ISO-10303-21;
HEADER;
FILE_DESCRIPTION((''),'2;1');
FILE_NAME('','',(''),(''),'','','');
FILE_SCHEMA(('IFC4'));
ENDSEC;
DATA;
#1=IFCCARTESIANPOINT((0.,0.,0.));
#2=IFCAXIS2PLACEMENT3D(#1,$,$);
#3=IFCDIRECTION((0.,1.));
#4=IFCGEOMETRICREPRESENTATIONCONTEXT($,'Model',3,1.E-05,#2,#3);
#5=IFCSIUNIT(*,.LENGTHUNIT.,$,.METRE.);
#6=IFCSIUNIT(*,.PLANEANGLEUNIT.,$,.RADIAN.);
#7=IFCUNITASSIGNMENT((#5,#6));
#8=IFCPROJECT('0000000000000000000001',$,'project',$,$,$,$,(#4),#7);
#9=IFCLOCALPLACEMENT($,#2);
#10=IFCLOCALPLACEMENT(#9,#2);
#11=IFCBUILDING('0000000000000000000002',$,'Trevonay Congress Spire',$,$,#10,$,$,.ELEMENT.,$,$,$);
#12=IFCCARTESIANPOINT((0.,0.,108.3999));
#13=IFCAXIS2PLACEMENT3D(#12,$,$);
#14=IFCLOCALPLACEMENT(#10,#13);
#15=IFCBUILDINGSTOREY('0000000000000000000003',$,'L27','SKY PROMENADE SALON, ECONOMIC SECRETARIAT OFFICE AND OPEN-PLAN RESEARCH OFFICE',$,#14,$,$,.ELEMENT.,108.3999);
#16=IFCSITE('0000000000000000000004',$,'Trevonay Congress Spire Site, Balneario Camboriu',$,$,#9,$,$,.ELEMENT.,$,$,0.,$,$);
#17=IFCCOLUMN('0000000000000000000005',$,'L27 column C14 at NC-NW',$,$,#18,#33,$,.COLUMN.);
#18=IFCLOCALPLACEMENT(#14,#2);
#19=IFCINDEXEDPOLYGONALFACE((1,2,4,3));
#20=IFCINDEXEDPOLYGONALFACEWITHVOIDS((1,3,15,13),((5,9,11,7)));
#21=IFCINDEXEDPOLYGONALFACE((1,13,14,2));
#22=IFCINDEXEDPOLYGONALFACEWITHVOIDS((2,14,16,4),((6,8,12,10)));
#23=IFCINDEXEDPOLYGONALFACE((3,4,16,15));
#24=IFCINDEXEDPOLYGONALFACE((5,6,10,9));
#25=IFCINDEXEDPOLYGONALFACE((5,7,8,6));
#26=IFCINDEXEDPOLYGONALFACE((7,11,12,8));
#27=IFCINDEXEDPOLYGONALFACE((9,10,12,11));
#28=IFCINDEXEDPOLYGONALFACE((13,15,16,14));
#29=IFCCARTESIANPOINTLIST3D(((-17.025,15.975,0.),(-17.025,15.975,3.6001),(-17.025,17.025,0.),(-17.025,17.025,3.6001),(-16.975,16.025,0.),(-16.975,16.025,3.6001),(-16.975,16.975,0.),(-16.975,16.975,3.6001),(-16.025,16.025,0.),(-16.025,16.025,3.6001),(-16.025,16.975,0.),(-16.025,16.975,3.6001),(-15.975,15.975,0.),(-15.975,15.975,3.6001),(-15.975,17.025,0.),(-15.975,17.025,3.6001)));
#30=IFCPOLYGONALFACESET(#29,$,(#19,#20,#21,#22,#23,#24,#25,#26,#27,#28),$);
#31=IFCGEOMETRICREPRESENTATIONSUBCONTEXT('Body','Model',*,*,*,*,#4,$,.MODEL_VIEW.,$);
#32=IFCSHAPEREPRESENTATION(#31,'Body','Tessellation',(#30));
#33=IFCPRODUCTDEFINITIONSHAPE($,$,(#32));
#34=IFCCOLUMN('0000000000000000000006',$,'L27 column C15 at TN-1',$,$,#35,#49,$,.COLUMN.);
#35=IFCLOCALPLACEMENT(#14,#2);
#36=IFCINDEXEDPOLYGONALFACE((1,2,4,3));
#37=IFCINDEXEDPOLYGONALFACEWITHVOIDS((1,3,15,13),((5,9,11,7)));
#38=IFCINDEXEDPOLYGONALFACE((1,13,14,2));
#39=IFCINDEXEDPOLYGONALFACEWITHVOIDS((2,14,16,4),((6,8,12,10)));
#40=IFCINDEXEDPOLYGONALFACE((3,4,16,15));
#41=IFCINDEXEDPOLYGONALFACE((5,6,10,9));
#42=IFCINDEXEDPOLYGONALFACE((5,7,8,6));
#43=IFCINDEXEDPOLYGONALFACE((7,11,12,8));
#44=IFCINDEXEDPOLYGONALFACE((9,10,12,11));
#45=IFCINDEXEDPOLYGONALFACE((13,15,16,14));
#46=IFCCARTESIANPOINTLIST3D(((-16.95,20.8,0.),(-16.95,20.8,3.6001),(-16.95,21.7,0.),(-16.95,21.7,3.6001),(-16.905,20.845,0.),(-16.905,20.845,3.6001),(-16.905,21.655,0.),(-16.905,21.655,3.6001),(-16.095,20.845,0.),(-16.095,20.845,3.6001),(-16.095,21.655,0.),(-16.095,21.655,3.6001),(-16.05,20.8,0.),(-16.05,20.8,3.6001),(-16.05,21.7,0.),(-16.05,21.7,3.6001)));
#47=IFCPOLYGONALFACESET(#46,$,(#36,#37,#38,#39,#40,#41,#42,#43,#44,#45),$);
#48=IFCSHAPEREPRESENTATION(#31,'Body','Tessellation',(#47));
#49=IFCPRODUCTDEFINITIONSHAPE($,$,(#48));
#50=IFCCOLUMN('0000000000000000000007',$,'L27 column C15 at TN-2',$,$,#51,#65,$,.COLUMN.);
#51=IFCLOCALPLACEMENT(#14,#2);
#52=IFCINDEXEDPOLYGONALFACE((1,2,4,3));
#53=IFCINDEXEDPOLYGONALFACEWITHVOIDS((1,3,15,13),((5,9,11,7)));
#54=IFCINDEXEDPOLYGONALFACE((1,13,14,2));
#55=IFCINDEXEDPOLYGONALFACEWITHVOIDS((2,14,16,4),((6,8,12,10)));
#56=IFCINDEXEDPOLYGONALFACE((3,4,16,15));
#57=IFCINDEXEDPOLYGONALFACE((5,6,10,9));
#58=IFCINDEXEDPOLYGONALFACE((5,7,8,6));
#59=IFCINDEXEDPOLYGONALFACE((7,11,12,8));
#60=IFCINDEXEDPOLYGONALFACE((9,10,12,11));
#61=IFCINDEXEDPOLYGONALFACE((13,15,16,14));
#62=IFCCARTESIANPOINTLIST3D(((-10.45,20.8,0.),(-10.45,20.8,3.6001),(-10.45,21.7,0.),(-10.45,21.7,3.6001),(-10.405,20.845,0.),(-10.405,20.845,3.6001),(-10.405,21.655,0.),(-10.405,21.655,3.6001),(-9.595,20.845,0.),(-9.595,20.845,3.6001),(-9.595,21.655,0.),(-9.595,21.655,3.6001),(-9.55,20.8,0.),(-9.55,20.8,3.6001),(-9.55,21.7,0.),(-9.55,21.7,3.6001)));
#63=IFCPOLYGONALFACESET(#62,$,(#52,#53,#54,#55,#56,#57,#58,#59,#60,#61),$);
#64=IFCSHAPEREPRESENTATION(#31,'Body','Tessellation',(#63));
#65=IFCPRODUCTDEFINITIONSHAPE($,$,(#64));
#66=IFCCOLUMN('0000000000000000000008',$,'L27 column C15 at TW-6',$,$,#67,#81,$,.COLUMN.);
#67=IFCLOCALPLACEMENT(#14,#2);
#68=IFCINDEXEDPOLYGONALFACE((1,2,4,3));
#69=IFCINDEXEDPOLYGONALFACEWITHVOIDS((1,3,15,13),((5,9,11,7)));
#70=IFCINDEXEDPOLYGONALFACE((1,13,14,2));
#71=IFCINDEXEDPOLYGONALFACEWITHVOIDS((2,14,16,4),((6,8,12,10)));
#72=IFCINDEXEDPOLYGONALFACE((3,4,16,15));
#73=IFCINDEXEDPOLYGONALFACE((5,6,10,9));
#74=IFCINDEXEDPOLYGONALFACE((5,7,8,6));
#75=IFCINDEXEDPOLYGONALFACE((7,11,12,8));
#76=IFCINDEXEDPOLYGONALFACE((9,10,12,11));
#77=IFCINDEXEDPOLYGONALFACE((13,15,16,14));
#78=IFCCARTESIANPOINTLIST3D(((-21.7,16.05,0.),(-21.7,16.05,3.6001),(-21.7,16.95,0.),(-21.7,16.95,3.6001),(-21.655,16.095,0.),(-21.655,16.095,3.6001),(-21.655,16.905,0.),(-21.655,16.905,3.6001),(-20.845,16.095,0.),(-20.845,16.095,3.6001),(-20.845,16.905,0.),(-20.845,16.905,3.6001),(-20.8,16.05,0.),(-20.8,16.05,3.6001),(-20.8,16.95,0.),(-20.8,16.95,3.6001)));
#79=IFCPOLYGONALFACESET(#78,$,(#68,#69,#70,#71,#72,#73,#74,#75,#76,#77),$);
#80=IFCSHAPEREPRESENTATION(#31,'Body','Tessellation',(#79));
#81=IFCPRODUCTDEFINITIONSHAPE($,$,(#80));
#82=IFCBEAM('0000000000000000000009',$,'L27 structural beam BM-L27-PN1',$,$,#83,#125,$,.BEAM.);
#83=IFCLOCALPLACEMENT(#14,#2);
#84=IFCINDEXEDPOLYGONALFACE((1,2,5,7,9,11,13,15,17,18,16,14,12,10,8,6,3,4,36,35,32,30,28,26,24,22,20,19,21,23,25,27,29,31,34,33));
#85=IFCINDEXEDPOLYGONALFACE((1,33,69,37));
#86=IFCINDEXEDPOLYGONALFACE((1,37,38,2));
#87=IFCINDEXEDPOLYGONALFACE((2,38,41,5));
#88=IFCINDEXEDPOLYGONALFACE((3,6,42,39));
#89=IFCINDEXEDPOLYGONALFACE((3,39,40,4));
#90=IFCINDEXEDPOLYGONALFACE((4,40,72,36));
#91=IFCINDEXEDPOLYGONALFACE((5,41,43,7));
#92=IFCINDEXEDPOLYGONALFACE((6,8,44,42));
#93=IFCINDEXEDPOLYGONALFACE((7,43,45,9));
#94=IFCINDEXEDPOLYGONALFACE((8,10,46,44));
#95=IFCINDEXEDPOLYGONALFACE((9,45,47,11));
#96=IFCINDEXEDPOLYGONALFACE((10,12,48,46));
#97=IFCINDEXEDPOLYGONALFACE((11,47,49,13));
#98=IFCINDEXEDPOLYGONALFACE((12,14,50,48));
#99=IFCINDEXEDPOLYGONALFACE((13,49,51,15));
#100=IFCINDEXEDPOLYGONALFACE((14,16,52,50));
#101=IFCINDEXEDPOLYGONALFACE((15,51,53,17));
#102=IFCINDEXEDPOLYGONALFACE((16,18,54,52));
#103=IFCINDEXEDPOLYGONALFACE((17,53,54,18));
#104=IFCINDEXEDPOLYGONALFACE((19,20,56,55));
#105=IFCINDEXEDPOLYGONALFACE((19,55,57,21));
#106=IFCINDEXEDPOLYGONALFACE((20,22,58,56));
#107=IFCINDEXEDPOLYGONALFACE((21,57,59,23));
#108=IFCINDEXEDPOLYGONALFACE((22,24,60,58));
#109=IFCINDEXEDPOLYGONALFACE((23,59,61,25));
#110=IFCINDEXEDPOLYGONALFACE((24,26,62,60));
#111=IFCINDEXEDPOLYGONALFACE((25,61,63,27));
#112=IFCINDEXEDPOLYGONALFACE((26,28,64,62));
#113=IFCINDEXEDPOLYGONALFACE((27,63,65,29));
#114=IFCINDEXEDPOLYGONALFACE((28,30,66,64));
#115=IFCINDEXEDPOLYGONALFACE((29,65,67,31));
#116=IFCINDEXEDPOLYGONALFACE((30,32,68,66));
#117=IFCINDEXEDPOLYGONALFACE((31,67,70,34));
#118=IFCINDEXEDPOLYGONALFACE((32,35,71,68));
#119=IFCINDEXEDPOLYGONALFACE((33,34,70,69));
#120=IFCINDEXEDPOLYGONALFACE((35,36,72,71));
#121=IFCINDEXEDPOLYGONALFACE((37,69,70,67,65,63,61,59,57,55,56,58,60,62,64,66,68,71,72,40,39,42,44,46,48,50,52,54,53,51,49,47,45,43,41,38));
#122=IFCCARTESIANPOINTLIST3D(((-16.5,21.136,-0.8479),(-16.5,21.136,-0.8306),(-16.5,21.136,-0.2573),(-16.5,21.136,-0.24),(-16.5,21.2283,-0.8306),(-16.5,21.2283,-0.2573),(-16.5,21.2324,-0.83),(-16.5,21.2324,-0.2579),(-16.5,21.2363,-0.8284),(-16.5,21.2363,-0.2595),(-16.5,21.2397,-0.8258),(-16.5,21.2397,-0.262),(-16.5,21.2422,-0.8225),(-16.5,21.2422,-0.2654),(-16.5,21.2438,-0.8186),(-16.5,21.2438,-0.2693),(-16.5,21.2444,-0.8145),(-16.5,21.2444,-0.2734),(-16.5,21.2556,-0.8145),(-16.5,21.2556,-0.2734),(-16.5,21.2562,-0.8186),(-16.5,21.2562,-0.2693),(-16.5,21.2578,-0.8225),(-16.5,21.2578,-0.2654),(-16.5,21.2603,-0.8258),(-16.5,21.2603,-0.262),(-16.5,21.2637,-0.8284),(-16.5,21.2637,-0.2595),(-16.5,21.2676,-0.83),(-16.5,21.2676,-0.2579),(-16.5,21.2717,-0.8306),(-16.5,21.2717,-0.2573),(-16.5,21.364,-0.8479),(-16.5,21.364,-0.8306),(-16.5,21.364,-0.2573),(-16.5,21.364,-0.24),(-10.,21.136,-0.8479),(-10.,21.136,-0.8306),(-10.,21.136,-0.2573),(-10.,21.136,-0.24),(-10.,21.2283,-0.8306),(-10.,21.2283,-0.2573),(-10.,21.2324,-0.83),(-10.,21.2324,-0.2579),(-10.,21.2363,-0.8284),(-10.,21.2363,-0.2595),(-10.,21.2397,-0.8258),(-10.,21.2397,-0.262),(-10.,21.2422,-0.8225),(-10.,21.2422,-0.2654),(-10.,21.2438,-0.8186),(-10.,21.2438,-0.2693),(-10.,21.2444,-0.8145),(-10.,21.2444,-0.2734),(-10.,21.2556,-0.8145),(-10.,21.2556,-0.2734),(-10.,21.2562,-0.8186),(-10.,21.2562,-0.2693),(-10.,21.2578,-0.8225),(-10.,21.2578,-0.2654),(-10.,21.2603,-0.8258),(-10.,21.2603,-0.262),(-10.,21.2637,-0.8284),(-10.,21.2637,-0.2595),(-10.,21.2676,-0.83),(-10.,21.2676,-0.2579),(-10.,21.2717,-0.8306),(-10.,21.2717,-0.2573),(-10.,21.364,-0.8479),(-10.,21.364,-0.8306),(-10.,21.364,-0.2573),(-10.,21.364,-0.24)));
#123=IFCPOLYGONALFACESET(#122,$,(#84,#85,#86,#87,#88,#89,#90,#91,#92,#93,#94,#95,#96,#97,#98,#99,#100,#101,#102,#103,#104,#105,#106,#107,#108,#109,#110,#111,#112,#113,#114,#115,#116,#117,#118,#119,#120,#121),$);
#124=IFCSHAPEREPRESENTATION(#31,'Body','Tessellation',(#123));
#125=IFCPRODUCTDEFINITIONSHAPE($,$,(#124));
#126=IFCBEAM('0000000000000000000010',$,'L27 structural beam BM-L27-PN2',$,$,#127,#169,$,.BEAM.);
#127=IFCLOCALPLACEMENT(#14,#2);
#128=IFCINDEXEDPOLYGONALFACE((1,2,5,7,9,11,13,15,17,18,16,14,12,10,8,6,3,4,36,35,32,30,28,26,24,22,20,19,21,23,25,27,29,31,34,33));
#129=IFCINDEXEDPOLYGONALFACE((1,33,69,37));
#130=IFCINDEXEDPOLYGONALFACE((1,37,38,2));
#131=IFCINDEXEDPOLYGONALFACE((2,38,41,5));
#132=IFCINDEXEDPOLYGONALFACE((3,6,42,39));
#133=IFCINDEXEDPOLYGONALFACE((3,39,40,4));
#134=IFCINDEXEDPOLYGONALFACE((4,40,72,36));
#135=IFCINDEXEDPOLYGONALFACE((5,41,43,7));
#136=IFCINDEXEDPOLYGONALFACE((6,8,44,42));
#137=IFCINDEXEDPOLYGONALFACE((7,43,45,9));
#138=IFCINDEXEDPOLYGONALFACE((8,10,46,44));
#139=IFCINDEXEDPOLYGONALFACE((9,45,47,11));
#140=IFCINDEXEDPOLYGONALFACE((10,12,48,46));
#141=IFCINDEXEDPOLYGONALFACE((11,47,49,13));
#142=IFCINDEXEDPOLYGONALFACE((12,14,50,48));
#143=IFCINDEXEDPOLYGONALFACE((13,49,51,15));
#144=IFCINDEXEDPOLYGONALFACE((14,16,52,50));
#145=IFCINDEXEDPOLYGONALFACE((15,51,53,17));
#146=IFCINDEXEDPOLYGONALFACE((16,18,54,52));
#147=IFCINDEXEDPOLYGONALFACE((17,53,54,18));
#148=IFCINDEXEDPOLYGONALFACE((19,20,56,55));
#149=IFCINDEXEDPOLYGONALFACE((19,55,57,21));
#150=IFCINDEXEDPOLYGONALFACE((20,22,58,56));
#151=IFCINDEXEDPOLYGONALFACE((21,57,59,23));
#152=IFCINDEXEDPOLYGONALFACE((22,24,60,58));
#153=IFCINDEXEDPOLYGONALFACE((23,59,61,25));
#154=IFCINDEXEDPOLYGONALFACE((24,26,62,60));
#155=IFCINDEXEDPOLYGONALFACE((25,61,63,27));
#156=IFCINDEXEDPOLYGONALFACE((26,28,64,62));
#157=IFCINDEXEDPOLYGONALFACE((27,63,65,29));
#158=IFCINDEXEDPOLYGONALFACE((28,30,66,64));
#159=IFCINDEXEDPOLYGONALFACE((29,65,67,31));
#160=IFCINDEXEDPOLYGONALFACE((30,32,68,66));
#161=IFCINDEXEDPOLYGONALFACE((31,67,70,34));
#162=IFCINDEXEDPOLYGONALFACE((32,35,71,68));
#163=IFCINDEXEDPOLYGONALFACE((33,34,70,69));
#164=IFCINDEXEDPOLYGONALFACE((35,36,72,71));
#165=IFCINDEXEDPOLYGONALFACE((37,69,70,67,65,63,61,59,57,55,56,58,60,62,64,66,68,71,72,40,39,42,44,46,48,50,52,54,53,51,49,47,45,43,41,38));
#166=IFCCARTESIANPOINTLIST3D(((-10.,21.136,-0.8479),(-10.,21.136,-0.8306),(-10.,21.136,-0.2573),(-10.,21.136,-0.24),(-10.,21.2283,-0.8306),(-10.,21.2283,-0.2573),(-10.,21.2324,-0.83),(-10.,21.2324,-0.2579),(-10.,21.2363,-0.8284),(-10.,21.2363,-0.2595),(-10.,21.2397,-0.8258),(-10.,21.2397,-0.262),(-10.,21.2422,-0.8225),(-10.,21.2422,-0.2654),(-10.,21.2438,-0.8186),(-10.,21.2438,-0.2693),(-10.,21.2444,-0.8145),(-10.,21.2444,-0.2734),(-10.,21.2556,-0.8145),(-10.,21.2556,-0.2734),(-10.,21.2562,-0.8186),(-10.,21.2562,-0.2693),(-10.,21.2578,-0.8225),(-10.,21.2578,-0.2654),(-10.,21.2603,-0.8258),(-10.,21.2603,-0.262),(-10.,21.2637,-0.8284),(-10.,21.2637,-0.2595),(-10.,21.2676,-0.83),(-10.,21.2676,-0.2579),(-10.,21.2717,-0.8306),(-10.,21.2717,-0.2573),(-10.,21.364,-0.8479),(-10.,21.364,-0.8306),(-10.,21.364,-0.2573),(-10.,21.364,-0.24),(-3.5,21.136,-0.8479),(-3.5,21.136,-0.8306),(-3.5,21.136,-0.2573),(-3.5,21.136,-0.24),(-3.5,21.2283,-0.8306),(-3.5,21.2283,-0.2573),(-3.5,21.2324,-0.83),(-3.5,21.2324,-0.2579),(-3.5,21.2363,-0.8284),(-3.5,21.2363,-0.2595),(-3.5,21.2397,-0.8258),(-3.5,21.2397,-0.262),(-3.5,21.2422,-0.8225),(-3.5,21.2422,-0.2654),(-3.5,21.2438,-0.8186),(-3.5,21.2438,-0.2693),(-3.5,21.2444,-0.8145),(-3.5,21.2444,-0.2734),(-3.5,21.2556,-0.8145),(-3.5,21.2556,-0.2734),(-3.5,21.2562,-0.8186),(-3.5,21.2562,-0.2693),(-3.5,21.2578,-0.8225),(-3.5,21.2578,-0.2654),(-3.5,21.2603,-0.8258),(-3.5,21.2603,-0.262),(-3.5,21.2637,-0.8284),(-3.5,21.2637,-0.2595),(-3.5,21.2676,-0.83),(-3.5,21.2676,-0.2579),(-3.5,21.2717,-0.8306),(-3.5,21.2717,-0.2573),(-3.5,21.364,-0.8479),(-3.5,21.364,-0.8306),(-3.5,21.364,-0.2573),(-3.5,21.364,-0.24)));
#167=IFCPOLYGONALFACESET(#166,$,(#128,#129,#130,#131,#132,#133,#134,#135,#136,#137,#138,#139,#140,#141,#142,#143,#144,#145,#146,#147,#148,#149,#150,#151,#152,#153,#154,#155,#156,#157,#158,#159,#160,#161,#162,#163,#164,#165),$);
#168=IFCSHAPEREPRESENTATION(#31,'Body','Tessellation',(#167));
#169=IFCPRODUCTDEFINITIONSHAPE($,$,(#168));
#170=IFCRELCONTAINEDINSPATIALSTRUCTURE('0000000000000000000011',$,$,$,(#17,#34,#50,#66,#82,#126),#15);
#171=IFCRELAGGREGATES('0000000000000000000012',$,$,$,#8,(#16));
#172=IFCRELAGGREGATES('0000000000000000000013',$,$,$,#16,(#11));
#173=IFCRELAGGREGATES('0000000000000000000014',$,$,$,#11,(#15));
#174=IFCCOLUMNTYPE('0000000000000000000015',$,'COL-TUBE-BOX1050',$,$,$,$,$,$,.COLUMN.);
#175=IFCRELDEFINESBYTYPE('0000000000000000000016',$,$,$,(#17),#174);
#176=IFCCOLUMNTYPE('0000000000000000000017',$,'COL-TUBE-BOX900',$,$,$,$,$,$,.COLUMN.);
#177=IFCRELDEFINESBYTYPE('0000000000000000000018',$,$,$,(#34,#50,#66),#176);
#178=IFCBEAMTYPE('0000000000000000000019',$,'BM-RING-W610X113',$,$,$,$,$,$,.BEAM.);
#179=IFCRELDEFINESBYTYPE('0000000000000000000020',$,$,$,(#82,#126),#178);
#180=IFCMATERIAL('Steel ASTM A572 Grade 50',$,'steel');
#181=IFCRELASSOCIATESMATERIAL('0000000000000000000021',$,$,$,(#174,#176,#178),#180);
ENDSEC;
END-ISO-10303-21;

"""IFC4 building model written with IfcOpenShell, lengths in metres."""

from ifc_helpers import new_model, si_unit, direction, frame, origin, origin_2d, place, context, subcontext, project, spatial, hollow_rectangle, i_section, extrude, material, material_profile, profile_set, type_object, element, save


model = new_model("IFC4")

# Units and contexts
model_context = context("Model", 3, precision=1e-05, world=origin(), true_north=direction((0.0, 1.0)))
body_context = subcontext(model_context, "Body", "Model", "MODEL_VIEW")
ifc_project = project(units=[si_unit("LENGTHUNIT", "METRE"), si_unit("PLANEANGLEUNIT", "RADIAN")], contexts=[model_context])

# Site, building, storey
site_placement = place(None, origin())
site = spatial("IfcSite", under=ifc_project, at=site_placement, Name="Trevonay Congress Spire Site, Balneario Camboriu", CompositionType="ELEMENT", RefElevation=0.0)
building_placement = place(site_placement, origin())
building = spatial("IfcBuilding", under=site, at=building_placement, Name="Trevonay Congress Spire", CompositionType="ELEMENT")
storey_placement = place(building_placement, frame((0.0, 0.0, 108.3999)))
storey = spatial("IfcBuildingStorey", under=building, at=storey_placement, Name="L27", Description="SKY PROMENADE SALON, ECONOMIC SECRETARIAT OFFICE AND OPEN-PLAN RESEARCH OFFICE", CompositionType="ELEMENT", Elevation=108.3999)

# Columns
ifc_material_1 = material(Name="Steel ASTM A572 Grade 50", Category="steel")
ifc_material_profile_1 = material_profile(ifc_material_1, hollow_rectangle(XDim=1.05, YDim=1.05, WallThickness=0.05, at=origin_2d()), Name="BOX 1050x1050x50")
ifc_profile_set_1 = profile_set([ifc_material_profile_1], Name="Steel ASTM A572 Grade 50")
column_type_1 = type_object("IfcColumnType", Name="COL-TUBE-BOX1050", PredefinedType="COLUMN", material=ifc_profile_set_1)
column_placement = place(storey_placement, frame((-16.5, 16.5, 0.0), z_axis=(0.0, 0.0, 1.0), x_axis=(1.0, 0.0, 0.0)))
element("IfcColumn", 1, at=column_placement, inside=storey, type_object=column_type_1, Name="L27 column C14 at NC-NW", PredefinedType="COLUMN", context=body_context, shape_type="SweptSolid", body=[
    extrude(hollow_rectangle(XDim=1.05, YDim=1.05, WallThickness=0.05, at=origin_2d()), origin(), (0.0, 0.0, 1.0), 3.6001),
])
ifc_material_profile_2 = material_profile(ifc_material_1, hollow_rectangle(XDim=0.8999, YDim=0.8999, WallThickness=0.0449, at=origin_2d()), Name="BOX 900x900x45")
ifc_profile_set_2 = profile_set([ifc_material_profile_2], Name="Steel ASTM A572 Grade 50")
column_type_2 = type_object("IfcColumnType", Name="COL-TUBE-BOX900", PredefinedType="COLUMN", material=ifc_profile_set_2)
for number, where, z_axis, x_axis, name in (
    (2, (-16.5, 21.25, 0.0), (0.0, 0.0, 1.0), (1.0, 0.0, 0.0), "L27 column C15 at TN-1"),
    (3, (-10.0, 21.25, 0.0), (0.0, 0.0, 1.0), (1.0, 0.0, 0.0), "L27 column C15 at TN-2"),
    (4, (-21.25, 16.5, 0.0), (0.0, 0.0, 1.0), (1.0, 0.0, 0.0), "L27 column C15 at TW-6"),
):
    element("IfcColumn", number, at=place(storey_placement, frame(where, z_axis=z_axis, x_axis=x_axis)), inside=storey, type_object=column_type_2, Name=name, PredefinedType="COLUMN", context=body_context, shape_type="SweptSolid", body=[
        extrude(hollow_rectangle(XDim=0.8999, YDim=0.8999, WallThickness=0.0449, at=origin_2d()), origin(), (0.0, 0.0, 1.0), 3.6001),
    ])

# Beams
ifc_material_profile_3 = material_profile(ifc_material_1, i_section(OverallWidth=0.228, OverallDepth=0.6079, WebThickness=0.0112, FlangeThickness=0.0173, FilletRadius=0.0161, at=origin_2d()), Name="W610x113")
ifc_profile_set_3 = profile_set([ifc_material_profile_3], Name="Steel ASTM A572 Grade 50")
beam_type_1 = type_object("IfcBeamType", Name="BM-RING-W610X113", PredefinedType="BEAM", material=ifc_profile_set_3)
for number, where, z_axis, x_axis, name in (
    (5, (-16.5, 21.25, -0.5439), (1.0, 0.0, 0.0), (0.0, 1.0, 0.0), "L27 structural beam BM-L27-PN1"),
    (6, (-10.0, 21.25, -0.5439), (1.0, 0.0, 0.0), (0.0, 1.0, 0.0), "L27 structural beam BM-L27-PN2"),
):
    element("IfcBeam", number, at=place(storey_placement, frame(where, z_axis=z_axis, x_axis=x_axis)), inside=storey, type_object=beam_type_1, Name=name, PredefinedType="BEAM", context=body_context, shape_type="SweptSolid", body=[
        extrude(i_section(OverallWidth=0.228, OverallDepth=0.6079, WebThickness=0.0112, FlangeThickness=0.0173, FilletRadius=0.0161, at=origin_2d()), origin(), (0.0, 0.0, 1.0), 6.5),
    ])

save(model, "model.ifc")
